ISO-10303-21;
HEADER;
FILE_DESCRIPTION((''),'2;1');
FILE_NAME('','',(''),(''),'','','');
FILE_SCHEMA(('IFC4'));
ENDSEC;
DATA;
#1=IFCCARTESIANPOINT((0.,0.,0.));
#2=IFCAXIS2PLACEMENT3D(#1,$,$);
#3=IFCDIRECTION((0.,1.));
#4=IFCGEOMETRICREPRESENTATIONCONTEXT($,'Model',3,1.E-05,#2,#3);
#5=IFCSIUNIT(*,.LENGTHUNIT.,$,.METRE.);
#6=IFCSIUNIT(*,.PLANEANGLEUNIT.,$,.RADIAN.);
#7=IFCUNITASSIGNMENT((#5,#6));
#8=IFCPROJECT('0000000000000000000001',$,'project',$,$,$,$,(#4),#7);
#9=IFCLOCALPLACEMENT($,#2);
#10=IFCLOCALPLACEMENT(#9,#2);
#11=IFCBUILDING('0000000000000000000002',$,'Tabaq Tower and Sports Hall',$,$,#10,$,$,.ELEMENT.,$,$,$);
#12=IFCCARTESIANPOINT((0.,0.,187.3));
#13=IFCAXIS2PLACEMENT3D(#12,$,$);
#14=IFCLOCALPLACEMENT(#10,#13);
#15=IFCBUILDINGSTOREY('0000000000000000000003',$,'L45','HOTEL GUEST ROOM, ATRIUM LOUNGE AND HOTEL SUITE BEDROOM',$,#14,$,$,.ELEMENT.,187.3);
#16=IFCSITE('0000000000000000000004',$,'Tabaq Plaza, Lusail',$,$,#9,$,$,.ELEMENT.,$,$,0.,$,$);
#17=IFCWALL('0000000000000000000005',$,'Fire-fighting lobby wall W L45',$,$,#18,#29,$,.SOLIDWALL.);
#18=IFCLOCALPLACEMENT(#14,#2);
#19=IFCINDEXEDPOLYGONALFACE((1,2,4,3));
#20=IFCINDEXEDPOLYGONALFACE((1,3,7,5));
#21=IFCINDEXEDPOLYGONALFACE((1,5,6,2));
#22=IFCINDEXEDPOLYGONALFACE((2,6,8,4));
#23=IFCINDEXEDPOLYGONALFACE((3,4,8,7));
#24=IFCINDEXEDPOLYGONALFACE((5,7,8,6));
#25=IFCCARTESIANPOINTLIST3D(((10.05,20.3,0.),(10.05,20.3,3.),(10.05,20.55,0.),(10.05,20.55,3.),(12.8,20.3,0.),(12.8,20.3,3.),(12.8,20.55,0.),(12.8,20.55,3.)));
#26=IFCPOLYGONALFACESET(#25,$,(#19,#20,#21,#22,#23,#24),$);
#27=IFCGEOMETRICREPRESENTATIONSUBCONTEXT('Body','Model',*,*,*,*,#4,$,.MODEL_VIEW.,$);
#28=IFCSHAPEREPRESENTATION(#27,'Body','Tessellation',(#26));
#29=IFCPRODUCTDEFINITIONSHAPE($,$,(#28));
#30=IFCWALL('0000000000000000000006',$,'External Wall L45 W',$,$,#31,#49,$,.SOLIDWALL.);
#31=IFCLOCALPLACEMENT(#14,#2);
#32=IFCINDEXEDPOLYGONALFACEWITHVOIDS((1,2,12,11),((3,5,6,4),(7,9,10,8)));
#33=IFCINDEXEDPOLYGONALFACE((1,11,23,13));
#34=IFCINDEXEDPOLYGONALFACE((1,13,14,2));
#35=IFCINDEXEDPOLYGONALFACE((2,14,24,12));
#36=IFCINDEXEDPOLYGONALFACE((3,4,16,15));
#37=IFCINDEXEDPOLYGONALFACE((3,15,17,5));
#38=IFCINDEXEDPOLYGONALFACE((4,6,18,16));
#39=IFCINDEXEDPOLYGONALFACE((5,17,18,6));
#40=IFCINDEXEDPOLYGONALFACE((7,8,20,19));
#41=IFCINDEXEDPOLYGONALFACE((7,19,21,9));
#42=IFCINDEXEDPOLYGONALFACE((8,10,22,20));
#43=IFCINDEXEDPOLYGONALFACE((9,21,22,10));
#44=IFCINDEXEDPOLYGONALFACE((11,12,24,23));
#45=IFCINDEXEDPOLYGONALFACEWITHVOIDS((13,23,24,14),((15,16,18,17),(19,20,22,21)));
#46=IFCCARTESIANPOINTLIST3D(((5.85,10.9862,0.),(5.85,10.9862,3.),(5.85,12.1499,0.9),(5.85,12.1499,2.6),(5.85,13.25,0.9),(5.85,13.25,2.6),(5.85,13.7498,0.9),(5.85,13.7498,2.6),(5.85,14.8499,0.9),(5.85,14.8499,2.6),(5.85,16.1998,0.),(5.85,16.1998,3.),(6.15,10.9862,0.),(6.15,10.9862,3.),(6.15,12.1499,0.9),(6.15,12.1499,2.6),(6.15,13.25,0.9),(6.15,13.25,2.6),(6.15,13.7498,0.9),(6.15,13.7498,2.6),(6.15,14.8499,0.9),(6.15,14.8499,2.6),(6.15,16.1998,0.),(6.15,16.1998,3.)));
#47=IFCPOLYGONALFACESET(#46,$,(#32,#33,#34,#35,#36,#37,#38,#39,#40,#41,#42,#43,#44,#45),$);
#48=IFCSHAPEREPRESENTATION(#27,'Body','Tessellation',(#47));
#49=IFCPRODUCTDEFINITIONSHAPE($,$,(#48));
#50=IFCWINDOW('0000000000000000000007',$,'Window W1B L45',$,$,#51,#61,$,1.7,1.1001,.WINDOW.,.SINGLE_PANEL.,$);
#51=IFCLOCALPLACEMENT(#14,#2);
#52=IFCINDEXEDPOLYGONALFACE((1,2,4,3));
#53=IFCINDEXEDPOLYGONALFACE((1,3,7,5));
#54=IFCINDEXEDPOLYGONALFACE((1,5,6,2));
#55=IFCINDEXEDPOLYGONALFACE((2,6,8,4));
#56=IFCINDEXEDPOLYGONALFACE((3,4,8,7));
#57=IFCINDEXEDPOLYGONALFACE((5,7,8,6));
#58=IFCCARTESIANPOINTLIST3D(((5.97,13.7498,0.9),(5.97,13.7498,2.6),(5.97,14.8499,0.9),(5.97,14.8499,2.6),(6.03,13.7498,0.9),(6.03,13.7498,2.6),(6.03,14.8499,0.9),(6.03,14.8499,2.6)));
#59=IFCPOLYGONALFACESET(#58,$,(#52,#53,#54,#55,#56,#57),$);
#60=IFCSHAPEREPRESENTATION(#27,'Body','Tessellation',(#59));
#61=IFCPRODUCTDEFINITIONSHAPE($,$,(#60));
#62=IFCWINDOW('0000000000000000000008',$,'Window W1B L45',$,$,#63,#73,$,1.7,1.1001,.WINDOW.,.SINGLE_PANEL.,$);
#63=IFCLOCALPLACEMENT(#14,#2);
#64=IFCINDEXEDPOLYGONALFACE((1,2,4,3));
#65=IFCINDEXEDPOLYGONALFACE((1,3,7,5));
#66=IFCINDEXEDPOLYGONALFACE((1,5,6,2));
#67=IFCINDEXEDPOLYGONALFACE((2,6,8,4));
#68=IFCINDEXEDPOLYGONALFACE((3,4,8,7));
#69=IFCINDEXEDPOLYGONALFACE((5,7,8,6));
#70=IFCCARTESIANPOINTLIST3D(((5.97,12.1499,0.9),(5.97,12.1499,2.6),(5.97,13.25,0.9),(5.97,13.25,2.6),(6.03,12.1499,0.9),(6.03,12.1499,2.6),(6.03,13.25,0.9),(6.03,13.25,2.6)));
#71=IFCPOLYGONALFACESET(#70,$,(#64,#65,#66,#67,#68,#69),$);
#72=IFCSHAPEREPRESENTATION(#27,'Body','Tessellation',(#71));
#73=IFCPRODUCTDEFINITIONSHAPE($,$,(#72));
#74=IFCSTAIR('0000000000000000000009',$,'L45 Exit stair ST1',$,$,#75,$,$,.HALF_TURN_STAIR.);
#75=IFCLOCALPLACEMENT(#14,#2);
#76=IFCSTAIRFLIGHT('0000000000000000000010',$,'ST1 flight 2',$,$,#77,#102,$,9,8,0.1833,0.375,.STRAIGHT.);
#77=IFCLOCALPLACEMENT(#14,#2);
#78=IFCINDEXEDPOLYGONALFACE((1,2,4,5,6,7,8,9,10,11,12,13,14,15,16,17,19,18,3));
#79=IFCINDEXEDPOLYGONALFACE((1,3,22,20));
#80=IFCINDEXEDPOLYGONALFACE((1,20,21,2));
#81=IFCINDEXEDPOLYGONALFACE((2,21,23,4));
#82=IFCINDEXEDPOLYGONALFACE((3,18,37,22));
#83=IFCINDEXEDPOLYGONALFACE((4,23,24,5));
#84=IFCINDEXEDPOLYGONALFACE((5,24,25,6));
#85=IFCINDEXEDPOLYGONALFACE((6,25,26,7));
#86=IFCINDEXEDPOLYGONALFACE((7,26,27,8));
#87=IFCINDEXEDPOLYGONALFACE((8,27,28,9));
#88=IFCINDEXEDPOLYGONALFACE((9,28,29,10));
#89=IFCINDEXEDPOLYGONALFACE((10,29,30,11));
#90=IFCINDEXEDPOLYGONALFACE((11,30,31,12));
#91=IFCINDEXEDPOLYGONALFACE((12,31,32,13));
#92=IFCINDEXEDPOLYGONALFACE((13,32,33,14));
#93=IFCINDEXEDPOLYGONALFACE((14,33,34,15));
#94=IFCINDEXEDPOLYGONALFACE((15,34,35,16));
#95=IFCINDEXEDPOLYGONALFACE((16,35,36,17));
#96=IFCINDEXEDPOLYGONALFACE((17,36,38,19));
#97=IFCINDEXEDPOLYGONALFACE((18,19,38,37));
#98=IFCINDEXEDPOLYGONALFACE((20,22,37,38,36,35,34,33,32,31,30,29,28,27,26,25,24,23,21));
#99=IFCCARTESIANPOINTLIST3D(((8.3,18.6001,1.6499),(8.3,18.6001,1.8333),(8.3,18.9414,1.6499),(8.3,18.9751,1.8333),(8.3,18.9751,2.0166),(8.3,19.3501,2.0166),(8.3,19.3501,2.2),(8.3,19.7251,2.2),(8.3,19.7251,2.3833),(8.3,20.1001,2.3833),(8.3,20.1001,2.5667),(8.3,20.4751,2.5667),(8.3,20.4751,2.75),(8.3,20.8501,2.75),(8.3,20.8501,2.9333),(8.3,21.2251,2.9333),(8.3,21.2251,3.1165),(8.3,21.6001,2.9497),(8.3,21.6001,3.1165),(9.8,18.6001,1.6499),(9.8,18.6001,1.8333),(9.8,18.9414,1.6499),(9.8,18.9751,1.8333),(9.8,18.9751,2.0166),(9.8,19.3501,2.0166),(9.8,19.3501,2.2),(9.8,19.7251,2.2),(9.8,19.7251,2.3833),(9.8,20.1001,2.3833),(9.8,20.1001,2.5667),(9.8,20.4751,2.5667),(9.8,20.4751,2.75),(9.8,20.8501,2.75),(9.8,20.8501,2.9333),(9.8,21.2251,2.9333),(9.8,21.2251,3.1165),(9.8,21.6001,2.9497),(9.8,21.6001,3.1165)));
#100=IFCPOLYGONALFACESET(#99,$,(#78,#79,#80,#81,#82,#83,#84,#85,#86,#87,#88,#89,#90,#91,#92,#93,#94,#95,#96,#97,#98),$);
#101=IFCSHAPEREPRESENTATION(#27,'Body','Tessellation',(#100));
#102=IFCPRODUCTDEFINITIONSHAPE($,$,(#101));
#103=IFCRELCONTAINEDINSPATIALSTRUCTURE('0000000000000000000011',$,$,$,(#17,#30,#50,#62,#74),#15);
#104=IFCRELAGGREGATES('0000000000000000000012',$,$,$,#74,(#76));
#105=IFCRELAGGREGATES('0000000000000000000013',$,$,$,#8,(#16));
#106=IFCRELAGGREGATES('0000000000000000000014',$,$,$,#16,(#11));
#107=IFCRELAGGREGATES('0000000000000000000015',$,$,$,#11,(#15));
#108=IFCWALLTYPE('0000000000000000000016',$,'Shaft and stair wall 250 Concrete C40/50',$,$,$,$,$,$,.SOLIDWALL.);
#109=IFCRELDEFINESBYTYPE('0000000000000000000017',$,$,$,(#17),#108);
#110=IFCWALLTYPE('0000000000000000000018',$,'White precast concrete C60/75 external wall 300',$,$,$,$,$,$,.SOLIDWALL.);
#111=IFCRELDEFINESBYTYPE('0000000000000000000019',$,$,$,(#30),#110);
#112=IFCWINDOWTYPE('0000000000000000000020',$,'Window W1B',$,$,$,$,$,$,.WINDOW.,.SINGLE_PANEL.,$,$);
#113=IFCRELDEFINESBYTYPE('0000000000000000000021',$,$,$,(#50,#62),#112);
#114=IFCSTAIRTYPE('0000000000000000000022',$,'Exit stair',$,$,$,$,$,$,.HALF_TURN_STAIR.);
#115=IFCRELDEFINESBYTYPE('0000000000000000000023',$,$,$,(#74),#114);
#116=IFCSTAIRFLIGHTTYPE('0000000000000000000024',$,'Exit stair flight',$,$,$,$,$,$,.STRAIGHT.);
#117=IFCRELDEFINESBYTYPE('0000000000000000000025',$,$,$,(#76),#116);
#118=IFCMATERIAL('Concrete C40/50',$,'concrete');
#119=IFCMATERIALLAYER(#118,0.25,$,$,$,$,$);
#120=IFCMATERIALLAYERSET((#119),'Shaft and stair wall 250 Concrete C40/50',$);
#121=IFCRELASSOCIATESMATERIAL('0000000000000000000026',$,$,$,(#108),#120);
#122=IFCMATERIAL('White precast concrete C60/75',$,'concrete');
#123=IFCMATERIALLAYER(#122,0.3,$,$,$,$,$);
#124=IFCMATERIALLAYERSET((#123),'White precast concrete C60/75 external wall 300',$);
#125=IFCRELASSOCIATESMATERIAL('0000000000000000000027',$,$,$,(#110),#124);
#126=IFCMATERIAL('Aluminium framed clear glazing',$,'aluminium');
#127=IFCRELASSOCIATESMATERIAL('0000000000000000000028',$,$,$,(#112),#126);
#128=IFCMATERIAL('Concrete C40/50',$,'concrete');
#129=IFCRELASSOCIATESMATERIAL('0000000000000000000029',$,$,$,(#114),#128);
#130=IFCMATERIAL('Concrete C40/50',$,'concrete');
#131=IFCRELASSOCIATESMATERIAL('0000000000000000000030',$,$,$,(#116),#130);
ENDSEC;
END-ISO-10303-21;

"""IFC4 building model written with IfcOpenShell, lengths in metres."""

from ifc_helpers import new_model, si_unit, direction, frame, frame_2d, origin, place, context, subcontext, project, spatial, polyline, rectangle, outline, extrude, material, layer, layer_set, type_object, element, fill, aggregate, save


model = new_model("IFC4")

# Units and contexts
model_context = context("Model", 3, precision=1e-05, world=origin(), true_north=direction((0.0, 1.0)))
body_context = subcontext(model_context, "Body", "Model", "MODEL_VIEW")
ifc_project = project(units=[si_unit("LENGTHUNIT", "METRE"), si_unit("PLANEANGLEUNIT", "RADIAN")], contexts=[model_context])

# Site, building, storey
site_placement = place(None, origin())
site = spatial("IfcSite", under=ifc_project, at=site_placement, Name="Tabaq Plaza, Lusail", CompositionType="ELEMENT", RefElevation=0.0)
building_placement = place(site_placement, origin())
building = spatial("IfcBuilding", under=site, at=building_placement, Name="Tabaq Tower and Sports Hall", CompositionType="ELEMENT")
storey_placement = place(building_placement, frame((0.0, 0.0, 187.3)))
storey = spatial("IfcBuildingStorey", under=building, at=storey_placement, Name="L45", Description="HOTEL GUEST ROOM, ATRIUM LOUNGE AND HOTEL SUITE BEDROOM", CompositionType="ELEMENT", Elevation=187.3)

# Shared definitions
ifc_material_1 = material(Name="Concrete C40/50", Category="concrete")
ifc_layer_1 = layer(ifc_material_1, 0.25)
ifc_layer_set_1 = layer_set([ifc_layer_1], Name="Shaft and stair wall 250 Concrete C40/50")
wall_type_1 = type_object("IfcWallType", Name="Shaft and stair wall 250 Concrete C40/50", PredefinedType="SOLIDWALL", material=ifc_layer_set_1)

# Wall
wall_1_placement = place(storey_placement, frame((10.05, 20.425, 0.0), z_axis=(0.0, 0.0, 1.0), x_axis=(1.0, 0.0, 0.0)))
element("IfcWall", 1, at=wall_1_placement, inside=storey, type_object=wall_type_1, Name="Fire-fighting lobby wall W L45", PredefinedType="SOLIDWALL", context=body_context, shape_type="SweptSolid", body=[
    extrude(rectangle(XDim=2.75, YDim=0.25, at=frame_2d((1.375, 0.0))), origin(), (0.0, 0.0, 1.0), 3.0),
])

# Wall, openings, windows
ifc_material_2 = material(Name="White precast concrete C60/75", Category="concrete")
ifc_layer_2 = layer(ifc_material_2, 0.3)
ifc_layer_set_2 = layer_set([ifc_layer_2], Name="White precast concrete C60/75 external wall 300")
wall_type_2 = type_object("IfcWallType", Name="White precast concrete C60/75 external wall 300", PredefinedType="SOLIDWALL", material=ifc_layer_set_2)
wall_2_placement = place(storey_placement, frame((6.0, 16.2, 0.0), z_axis=(0.0, 0.0, 1.0), x_axis=(0.0, -1.0, 0.0)))
wall_2 = element("IfcWall", 2, at=wall_2_placement, inside=storey, type_object=wall_type_2, Name="External Wall L45 W", PredefinedType="SOLIDWALL", context=body_context, shape_type="SweptSolid", body=[
    extrude(rectangle(XDim=5.2136, YDim=0.3, at=frame_2d((2.6069, 0.0))), origin(), (0.0, 0.0, 1.0), 3.0),
])
opening_1_placement = place(wall_2_placement, frame((1.3501, 0.0, 0.8999)))
opening_1 = element("IfcOpeningElement", 3, at=opening_1_placement, cuts=wall_2, PredefinedType="OPENING", context=body_context, shape_type="SweptSolid", body=[
    extrude(rectangle(XDim=1.1001, YDim=1.7, at=frame_2d((0.55, 0.8501))), frame((0.0, 0.1602, 0.0), z_axis=(0.0, -1.0, 0.0), x_axis=(1.0, 0.0, 0.0)), (0.0, 0.0, 1.0), 0.3201),
])
opening_2_placement = place(wall_2_placement, frame((2.95, 0.0, 0.8999)))
opening_2 = element("IfcOpeningElement", 4, at=opening_2_placement, cuts=wall_2, PredefinedType="OPENING", context=body_context, shape_type="SweptSolid", body=[
    extrude(rectangle(XDim=1.1001, YDim=1.7, at=frame_2d((0.55, 0.8501))), frame((0.0, 0.1602, 0.0), z_axis=(0.0, -1.0, 0.0), x_axis=(1.0, 0.0, 0.0)), (0.0, 0.0, 1.0), 0.3201),
])
ifc_material_3 = material(Name="Aluminium framed clear glazing", Category="aluminium")
window_type = type_object("IfcWindowType", Name="Window W1B", PartitioningType="SINGLE_PANEL", PredefinedType="WINDOW", material=ifc_material_3)
window_1_placement = place(opening_1_placement, origin())
window_1 = element("IfcWindow", 5, at=window_1_placement, inside=storey, type_object=window_type, Name="Window W1B L45", OverallHeight=1.7, OverallWidth=1.1001, PartitioningType="SINGLE_PANEL", PredefinedType="WINDOW", context=body_context, shape_type="SweptSolid", body=[
    extrude(rectangle(XDim=1.1001, YDim=1.7, at=frame_2d((0.55, 0.8501))), frame((0.0, 0.03, 0.0), z_axis=(0.0, -1.0, 0.0), x_axis=(1.0, 0.0, 0.0)), (0.0, 0.0, 1.0), 0.0601),
])
fill(opening_1, window_1)
window_2_placement = place(opening_2_placement, origin())
window_2 = element("IfcWindow", 6, at=window_2_placement, inside=storey, type_object=window_type, Name="Window W1B L45", OverallHeight=1.7, OverallWidth=1.1001, PartitioningType="SINGLE_PANEL", PredefinedType="WINDOW", context=body_context, shape_type="SweptSolid", body=[
    extrude(rectangle(XDim=1.1001, YDim=1.7, at=frame_2d((0.55, 0.8501))), frame((0.0, 0.03, 0.0), z_axis=(0.0, -1.0, 0.0), x_axis=(1.0, 0.0, 0.0)), (0.0, 0.0, 1.0), 0.0601),
])
fill(opening_2, window_2)

# Stair, stair flight
ifc_material_4 = material(Name="Concrete C40/50", Category="concrete")
stair_type = type_object("IfcStairType", Name="Exit stair", PredefinedType="HALF_TURN_STAIR", material=ifc_material_4)
stair_placement = place(storey_placement, origin())
stair = element("IfcStair", 7, at=stair_placement, inside=storey, type_object=stair_type, Name="L45 Exit stair ST1", PredefinedType="HALF_TURN_STAIR")
ifc_material_5 = material(Name="Concrete C40/50", Category="concrete")
stair_flight_type = type_object("IfcStairFlightType", Name="Exit stair flight", PredefinedType="STRAIGHT", material=ifc_material_5)
stair_flight_placement = place(storey_placement, frame((9.05, 18.6001, 1.6499), z_axis=(0.0, 0.0, 1.0), x_axis=(0.0, 1.0, 0.0)))
stair_flight = element("IfcStairFlight", 8, at=stair_flight_placement, type_object=stair_flight_type, Name="ST1 flight 2", NumberOfRisers=9, NumberOfTreads=8, PredefinedType="STRAIGHT", RiserHeight=0.1833, TreadLength=0.375, context=body_context, shape_type="SweptSolid", body=[
    extrude(outline(polyline([(0.0, 0.0), (0.0, 0.1833), (0.375, 0.1833), (0.375, 0.3667), (0.75, 0.3667), (0.75, 0.55), (1.125, 0.55), (1.125, 0.7334), (1.5, 0.7334), (1.5, 0.9167), (1.875, 0.9167), (1.875, 1.1001), (2.25, 1.1001), (2.25, 1.2834), (2.625, 1.2834), (2.625, 1.4666), (3.0, 1.4666), (3.0, 1.6499), (3.0, 1.2998), (0.3413, 0.0), (0.0, 0.0)])), frame((0.0, 0.75, 0.0), z_axis=(0.0, -1.0, 0.0), x_axis=(1.0, 0.0, 0.0)), (0.0, 0.0, 1.0), 1.5),
])
aggregate(stair, [stair_flight])

save(model, "model.ifc")
